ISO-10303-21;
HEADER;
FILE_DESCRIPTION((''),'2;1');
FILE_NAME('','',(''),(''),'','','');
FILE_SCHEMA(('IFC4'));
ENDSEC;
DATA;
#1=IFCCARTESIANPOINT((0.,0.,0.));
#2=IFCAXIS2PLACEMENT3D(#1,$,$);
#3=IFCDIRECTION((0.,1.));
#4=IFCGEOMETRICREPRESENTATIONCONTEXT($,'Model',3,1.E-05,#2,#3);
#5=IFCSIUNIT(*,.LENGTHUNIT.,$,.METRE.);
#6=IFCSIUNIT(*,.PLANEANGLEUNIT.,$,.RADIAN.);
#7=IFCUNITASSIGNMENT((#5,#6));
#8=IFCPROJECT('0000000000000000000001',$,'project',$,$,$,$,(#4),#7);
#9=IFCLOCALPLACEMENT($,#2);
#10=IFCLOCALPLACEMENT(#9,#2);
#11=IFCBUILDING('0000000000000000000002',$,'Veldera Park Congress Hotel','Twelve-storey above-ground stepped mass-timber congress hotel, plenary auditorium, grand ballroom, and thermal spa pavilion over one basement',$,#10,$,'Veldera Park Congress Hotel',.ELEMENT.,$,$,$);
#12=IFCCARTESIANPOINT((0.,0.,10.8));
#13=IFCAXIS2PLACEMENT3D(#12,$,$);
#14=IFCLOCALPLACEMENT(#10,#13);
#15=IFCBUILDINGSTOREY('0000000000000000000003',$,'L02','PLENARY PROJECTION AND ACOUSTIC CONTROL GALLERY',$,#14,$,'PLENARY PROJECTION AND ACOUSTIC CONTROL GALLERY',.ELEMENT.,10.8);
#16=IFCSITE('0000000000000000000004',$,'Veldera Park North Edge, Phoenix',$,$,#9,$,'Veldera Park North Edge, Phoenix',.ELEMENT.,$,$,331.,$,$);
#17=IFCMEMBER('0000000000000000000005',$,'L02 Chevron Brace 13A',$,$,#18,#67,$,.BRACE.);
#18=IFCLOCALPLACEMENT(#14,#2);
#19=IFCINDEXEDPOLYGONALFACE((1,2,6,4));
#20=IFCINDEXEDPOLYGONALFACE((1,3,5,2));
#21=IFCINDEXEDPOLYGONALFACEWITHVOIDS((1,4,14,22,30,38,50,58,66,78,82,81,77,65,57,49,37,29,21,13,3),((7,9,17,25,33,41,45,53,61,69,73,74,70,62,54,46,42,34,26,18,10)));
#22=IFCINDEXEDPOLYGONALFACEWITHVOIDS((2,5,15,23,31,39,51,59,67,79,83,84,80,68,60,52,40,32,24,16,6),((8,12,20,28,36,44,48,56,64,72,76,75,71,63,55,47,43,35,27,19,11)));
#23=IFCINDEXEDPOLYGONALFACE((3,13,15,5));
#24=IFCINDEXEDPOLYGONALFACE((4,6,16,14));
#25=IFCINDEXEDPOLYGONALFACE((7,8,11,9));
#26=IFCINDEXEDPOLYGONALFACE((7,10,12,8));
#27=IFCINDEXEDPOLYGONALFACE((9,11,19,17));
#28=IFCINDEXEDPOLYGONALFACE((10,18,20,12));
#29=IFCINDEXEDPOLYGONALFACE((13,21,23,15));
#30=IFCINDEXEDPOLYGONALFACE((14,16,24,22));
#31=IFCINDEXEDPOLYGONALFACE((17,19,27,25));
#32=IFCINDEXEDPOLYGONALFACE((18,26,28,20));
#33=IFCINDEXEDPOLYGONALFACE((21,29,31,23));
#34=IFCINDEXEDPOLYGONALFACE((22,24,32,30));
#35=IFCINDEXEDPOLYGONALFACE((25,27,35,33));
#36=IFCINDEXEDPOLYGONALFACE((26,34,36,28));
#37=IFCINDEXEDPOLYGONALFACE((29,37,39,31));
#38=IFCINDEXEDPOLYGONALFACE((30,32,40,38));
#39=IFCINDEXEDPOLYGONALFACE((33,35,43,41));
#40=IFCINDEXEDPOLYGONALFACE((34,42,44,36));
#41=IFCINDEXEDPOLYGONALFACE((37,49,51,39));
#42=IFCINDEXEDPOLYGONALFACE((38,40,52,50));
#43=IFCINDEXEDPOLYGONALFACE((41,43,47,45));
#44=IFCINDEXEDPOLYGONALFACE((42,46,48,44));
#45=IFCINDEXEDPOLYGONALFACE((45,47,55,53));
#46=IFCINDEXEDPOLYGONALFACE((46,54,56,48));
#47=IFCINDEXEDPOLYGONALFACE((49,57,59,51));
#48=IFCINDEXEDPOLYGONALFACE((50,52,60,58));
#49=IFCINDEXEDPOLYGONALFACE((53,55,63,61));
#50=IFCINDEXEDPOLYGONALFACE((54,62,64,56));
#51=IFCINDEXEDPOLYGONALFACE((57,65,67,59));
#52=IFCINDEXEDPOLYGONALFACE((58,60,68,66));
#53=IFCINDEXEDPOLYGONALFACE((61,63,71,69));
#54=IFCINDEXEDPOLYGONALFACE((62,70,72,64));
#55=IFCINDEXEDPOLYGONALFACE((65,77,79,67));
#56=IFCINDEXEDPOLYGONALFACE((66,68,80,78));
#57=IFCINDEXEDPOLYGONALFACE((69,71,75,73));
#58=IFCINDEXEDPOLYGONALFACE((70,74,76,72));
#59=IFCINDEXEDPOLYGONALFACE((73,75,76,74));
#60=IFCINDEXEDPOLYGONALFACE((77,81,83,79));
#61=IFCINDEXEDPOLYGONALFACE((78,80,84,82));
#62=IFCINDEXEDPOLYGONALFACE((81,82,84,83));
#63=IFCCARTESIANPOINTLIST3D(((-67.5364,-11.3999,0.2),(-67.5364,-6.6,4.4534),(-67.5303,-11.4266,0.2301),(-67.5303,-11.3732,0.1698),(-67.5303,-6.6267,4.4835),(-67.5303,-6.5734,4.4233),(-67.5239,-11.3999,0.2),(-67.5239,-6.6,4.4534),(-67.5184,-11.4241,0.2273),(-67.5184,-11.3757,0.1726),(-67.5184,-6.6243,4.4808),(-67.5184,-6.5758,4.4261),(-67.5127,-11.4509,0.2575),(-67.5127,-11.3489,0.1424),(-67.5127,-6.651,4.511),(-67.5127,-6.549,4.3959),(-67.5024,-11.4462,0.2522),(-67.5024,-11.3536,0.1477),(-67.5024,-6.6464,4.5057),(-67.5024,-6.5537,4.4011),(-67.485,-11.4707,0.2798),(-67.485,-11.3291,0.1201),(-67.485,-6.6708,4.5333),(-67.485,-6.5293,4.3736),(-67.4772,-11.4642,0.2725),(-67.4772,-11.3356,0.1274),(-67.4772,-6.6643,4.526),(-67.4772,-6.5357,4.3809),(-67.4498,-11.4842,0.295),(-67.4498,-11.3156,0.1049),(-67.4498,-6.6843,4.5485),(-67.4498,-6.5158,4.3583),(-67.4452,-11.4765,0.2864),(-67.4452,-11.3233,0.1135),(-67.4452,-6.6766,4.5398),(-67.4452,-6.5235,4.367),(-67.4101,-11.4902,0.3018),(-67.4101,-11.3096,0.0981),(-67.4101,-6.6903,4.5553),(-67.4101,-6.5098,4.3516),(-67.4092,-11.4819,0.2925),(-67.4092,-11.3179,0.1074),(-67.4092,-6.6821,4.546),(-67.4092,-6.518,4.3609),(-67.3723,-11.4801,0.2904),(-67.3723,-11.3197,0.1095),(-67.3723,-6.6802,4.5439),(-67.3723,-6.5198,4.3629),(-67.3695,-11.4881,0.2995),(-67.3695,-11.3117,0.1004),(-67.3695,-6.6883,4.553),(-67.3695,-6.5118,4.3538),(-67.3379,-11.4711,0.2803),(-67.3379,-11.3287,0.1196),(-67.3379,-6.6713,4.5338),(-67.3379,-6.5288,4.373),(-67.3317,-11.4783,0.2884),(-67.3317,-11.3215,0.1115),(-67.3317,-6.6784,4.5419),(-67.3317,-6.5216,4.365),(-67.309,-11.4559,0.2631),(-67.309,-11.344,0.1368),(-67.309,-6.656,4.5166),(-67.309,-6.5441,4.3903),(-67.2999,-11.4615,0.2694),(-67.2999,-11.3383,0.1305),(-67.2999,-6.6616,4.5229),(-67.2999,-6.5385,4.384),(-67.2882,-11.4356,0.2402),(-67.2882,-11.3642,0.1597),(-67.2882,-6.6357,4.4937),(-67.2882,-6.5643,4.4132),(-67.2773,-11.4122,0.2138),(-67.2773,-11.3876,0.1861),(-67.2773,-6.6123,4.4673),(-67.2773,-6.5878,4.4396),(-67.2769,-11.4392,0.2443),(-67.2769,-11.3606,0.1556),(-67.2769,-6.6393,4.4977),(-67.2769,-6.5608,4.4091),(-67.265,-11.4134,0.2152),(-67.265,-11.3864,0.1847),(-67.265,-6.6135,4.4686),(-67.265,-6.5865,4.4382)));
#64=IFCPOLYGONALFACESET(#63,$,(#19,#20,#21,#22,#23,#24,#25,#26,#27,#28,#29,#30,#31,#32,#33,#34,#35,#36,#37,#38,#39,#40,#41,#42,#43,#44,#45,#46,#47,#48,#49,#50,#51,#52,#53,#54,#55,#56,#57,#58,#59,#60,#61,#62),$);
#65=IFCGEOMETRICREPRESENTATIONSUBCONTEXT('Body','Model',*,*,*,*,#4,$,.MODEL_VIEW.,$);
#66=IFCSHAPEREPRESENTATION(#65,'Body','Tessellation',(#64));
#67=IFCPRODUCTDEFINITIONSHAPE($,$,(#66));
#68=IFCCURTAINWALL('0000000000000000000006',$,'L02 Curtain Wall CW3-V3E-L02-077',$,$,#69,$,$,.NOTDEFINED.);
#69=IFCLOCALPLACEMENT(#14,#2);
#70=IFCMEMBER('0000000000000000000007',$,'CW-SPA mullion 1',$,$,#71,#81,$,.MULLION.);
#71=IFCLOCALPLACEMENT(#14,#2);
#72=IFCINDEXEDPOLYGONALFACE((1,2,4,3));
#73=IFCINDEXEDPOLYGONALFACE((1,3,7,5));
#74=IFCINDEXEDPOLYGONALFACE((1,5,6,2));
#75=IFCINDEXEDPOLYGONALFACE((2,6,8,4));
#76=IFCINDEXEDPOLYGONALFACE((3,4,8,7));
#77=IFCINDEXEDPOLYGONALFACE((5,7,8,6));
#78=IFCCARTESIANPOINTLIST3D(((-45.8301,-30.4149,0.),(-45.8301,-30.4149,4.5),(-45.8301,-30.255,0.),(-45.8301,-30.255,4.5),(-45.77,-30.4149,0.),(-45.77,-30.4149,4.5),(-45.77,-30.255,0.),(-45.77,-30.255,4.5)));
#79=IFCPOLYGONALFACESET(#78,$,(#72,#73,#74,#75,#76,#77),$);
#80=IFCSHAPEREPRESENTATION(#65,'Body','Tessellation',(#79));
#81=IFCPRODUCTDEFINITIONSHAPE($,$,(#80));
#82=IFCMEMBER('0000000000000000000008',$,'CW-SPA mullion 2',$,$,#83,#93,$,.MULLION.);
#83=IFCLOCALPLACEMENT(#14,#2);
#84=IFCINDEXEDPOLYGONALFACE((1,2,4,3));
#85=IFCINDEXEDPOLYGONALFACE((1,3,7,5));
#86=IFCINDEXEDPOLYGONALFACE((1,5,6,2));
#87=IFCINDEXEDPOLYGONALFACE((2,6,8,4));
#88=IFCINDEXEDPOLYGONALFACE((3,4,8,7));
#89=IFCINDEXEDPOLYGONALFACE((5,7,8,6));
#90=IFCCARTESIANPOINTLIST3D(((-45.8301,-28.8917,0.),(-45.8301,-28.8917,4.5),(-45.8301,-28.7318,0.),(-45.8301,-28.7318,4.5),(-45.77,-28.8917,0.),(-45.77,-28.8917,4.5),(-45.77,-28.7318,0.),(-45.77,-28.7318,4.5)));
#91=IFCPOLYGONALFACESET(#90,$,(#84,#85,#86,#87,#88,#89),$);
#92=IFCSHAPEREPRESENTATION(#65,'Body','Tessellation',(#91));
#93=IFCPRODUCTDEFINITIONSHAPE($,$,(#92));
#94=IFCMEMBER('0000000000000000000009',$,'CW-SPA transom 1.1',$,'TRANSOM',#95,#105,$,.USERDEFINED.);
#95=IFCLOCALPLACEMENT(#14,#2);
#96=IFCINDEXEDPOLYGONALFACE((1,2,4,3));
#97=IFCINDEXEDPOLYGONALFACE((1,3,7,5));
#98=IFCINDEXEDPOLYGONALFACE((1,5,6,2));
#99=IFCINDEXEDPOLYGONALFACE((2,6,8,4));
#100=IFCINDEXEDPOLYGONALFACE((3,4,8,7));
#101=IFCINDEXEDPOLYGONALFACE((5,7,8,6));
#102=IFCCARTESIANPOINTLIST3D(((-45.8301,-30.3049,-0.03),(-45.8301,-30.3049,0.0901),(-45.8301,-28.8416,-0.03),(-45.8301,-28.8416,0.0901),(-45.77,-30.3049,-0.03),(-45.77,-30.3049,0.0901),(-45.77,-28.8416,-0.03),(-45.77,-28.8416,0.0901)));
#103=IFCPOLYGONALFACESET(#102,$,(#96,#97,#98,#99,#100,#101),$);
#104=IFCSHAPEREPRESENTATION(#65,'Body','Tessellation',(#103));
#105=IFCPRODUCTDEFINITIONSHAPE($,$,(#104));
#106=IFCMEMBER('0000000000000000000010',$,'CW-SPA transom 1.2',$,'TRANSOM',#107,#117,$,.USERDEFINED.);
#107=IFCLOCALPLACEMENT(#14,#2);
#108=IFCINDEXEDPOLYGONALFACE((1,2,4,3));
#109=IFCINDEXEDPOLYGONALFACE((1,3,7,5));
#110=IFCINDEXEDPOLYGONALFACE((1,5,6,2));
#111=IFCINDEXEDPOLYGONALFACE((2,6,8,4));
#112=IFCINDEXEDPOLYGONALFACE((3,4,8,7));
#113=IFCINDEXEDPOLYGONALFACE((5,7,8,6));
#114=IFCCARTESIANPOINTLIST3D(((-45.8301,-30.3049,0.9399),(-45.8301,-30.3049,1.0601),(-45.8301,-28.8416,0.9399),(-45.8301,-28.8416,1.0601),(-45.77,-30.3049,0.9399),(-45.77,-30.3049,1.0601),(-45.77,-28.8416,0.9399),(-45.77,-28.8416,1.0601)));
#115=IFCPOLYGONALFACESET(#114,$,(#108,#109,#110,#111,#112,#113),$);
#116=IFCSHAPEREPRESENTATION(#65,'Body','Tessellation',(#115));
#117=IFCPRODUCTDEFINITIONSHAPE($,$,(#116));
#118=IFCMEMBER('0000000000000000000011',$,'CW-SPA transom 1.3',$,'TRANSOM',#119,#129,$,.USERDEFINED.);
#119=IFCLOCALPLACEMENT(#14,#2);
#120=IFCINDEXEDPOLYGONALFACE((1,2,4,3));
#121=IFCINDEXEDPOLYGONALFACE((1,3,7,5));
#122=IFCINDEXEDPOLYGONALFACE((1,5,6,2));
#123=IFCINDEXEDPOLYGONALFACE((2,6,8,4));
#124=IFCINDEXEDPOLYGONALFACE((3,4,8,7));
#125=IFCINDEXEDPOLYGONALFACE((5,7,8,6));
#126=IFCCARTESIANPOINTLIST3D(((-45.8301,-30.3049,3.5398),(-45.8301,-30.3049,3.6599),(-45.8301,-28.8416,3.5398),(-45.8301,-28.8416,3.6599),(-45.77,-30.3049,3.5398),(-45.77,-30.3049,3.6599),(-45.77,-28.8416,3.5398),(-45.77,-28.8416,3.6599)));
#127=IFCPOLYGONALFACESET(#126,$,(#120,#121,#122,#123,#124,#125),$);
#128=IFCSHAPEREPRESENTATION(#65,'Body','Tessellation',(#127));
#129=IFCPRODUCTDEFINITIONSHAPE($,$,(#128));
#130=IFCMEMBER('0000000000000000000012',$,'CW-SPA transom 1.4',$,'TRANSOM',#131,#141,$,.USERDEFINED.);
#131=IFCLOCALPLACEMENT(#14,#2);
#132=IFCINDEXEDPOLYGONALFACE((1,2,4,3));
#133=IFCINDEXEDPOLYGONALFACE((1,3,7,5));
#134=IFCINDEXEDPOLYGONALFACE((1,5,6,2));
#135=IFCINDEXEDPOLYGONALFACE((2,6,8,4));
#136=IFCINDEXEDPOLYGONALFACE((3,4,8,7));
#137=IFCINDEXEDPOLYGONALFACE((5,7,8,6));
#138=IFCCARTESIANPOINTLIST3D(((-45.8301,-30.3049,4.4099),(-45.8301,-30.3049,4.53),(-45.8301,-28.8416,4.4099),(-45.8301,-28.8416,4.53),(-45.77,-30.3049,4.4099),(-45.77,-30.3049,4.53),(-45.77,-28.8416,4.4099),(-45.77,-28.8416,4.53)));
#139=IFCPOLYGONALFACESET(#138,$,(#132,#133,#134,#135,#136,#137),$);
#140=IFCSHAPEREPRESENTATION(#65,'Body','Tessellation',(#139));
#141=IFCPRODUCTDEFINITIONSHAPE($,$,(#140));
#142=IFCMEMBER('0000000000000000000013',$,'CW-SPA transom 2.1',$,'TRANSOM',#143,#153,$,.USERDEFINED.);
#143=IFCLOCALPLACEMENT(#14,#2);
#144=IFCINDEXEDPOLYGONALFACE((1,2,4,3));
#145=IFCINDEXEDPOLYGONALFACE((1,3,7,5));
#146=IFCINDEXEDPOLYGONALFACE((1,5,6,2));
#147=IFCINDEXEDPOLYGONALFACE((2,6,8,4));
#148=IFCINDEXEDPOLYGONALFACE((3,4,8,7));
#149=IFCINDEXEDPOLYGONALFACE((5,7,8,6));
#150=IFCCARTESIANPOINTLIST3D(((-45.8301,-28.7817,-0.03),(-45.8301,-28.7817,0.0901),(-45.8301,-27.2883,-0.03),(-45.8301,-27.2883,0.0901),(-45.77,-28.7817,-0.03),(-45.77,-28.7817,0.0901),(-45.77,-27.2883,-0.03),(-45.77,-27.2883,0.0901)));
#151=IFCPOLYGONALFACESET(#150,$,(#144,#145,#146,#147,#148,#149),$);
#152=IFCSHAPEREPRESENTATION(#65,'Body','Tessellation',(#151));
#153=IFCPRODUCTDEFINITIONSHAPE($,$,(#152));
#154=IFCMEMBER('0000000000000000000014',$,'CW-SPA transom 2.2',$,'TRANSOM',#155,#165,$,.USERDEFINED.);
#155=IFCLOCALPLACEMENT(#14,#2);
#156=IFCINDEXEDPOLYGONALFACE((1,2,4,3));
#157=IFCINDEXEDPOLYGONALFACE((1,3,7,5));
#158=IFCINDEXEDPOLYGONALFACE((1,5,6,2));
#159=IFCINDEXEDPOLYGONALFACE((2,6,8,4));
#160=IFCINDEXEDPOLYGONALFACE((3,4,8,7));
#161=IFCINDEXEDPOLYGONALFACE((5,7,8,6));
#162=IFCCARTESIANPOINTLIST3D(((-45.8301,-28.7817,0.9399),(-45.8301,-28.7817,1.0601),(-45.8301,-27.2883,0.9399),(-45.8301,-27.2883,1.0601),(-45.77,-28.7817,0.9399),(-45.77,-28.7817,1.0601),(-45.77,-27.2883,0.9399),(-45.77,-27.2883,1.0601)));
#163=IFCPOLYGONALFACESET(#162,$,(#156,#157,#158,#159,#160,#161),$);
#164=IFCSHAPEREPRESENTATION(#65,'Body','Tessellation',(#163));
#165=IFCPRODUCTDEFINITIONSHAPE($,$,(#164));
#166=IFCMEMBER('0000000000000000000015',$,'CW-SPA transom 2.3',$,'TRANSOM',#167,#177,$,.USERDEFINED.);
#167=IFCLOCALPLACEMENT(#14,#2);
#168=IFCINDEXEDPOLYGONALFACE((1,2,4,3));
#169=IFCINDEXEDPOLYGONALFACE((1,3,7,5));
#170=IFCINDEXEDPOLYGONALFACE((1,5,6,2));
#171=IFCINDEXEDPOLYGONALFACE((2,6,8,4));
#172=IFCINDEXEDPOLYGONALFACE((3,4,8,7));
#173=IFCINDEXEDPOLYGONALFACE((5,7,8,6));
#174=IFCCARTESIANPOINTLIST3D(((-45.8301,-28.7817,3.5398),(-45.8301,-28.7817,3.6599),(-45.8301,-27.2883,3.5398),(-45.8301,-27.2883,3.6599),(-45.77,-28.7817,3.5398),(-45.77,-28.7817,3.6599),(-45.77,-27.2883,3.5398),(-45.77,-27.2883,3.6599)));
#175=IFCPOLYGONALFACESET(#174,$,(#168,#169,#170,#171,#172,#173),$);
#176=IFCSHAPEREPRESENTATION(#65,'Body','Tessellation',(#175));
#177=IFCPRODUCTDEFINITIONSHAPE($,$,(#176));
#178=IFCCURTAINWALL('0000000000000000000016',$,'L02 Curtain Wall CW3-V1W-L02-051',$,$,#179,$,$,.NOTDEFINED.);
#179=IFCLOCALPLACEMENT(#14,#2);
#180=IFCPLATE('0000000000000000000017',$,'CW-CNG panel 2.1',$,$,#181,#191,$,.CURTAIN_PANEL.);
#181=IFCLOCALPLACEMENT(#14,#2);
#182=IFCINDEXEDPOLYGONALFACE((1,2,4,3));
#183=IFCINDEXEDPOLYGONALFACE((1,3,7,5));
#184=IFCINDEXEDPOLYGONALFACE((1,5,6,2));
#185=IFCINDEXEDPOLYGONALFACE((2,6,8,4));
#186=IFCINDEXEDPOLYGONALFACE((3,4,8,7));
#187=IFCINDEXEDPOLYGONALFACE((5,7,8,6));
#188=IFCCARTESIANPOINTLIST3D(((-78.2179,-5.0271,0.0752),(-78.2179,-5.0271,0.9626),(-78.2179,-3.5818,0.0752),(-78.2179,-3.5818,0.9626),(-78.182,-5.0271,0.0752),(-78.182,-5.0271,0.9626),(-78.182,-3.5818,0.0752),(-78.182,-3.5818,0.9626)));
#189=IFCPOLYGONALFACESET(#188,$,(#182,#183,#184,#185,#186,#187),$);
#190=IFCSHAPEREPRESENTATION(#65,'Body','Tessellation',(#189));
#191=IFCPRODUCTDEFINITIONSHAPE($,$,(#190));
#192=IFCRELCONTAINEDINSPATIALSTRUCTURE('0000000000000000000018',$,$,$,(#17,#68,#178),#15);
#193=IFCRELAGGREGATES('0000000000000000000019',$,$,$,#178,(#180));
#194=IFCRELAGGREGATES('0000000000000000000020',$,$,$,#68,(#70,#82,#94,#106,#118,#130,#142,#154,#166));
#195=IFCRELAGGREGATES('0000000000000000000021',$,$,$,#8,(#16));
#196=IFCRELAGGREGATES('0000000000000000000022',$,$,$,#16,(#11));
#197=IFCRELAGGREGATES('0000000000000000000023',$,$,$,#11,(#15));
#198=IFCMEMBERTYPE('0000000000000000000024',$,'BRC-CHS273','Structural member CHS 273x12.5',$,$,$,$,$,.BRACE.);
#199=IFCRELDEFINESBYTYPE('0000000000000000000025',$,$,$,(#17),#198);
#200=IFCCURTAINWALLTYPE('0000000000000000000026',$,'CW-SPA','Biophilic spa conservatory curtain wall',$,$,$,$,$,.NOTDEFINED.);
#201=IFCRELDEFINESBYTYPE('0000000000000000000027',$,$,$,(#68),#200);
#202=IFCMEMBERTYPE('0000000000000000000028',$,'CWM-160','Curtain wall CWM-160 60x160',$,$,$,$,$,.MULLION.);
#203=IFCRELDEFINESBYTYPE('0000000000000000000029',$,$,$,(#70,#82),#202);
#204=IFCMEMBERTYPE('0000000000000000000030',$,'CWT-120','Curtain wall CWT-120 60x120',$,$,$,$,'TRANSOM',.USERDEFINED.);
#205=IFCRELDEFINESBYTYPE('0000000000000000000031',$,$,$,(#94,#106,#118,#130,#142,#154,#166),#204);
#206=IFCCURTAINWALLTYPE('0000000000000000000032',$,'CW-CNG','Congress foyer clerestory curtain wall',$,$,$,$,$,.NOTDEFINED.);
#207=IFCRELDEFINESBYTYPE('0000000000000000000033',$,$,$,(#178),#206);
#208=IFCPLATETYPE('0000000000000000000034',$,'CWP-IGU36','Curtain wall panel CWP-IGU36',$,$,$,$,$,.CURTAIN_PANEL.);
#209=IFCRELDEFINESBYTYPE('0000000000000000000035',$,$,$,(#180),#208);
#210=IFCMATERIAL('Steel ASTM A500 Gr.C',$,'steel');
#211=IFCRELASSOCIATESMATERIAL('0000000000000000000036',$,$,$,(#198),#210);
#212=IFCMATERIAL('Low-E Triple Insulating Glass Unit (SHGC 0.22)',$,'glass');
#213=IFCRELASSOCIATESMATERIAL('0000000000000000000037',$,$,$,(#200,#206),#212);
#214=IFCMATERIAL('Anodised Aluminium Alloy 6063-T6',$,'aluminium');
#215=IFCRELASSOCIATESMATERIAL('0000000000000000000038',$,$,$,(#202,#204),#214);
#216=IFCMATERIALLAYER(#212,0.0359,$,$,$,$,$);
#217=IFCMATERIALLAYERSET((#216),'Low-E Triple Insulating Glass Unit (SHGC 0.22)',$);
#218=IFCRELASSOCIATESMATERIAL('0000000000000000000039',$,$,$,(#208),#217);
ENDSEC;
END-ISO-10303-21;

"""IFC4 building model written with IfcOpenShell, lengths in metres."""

from ifc_helpers import new_model, si_unit, direction, frame, origin, origin_2d, place, context, subcontext, project, spatial, rectangle, hollow_circle, extrude, material, layer, layer_set, material_profile, profile_set, type_object, element, aggregate, save


model = new_model("IFC4")

# Units and contexts
model_context = context("Model", 3, precision=1e-05, world=origin(), true_north=direction((0.0, 1.0)))
body_context = subcontext(model_context, "Body", "Model", "MODEL_VIEW")
ifc_project = project(units=[si_unit("LENGTHUNIT", "METRE"), si_unit("PLANEANGLEUNIT", "RADIAN")], contexts=[model_context])

# Site, building, storey
site_placement = place(None, origin())
site = spatial("IfcSite", under=ifc_project, at=site_placement, Name="Veldera Park North Edge, Phoenix", LongName="Veldera Park North Edge, Phoenix", CompositionType="ELEMENT", RefElevation=331.0)
building_placement = place(site_placement, origin())
building = spatial("IfcBuilding", under=site, at=building_placement, Name="Veldera Park Congress Hotel", Description="Twelve-storey above-ground stepped mass-timber congress hotel, plenary auditorium, grand ballroom, and thermal spa pavilion over one basement", LongName="Veldera Park Congress Hotel", CompositionType="ELEMENT")
storey_placement = place(building_placement, frame((0.0, 0.0, 10.8)))
storey = spatial("IfcBuildingStorey", under=building, at=storey_placement, Name="L02", Description="PLENARY PROJECTION AND ACOUSTIC CONTROL GALLERY", LongName="PLENARY PROJECTION AND ACOUSTIC CONTROL GALLERY", CompositionType="ELEMENT", Elevation=10.8)

# Member
ifc_material_1 = material(Name="Steel ASTM A500 Gr.C", Category="steel")
ifc_material_profile_1 = material_profile(ifc_material_1, hollow_circle(Radius=0.1365, WallThickness=0.0125, at=origin_2d()), Name="CHS 273x12.5")
ifc_profile_set_1 = profile_set([ifc_material_profile_1], Name="Steel ASTM A500 Gr.C")
member_type_1 = type_object("IfcMemberType", Name="BRC-CHS273", Description="Structural member CHS 273x12.5", PredefinedType="BRACE", material=ifc_profile_set_1)
member_1_placement = place(storey_placement, frame((-67.3999, -11.3999, 0.2), z_axis=(0.0, 0.748421, 0.663224), x_axis=(-1.0, 0.0, 0.0)))
element("IfcMember", 1, at=member_1_placement, inside=storey, type_object=member_type_1, Name="L02 Chevron Brace 13A", PredefinedType="BRACE", context=body_context, shape_type="SweptSolid", body=[
    extrude(hollow_circle(Radius=0.1365, WallThickness=0.0125, at=origin_2d()), origin(), (0.0, 0.0, 1.0), 6.4133),
])

# Curtain wall, members
ifc_material_2 = material(Name="Low-E Triple Insulating Glass Unit (SHGC 0.22)", Category="glass")
curtain_wall_type_1 = type_object("IfcCurtainWallType", Name="CW-SPA", Description="Biophilic spa conservatory curtain wall", PredefinedType="NOTDEFINED", material=ifc_material_2)
curtain_wall_1_placement = place(storey_placement, origin())
curtain_wall_1 = element("IfcCurtainWall", 2, at=curtain_wall_1_placement, inside=storey, type_object=curtain_wall_type_1, Name="L02 Curtain Wall CW3-V3E-L02-077", PredefinedType="NOTDEFINED")
ifc_material_3 = material(Name="Anodised Aluminium Alloy 6063-T6", Category="aluminium")
ifc_material_profile_2 = material_profile(ifc_material_3, rectangle(XDim=0.0601, YDim=0.1599, at=origin_2d()), Name="ALU 60x160")
ifc_profile_set_2 = profile_set([ifc_material_profile_2], Name="Anodised Aluminium Alloy 6063-T6")
member_type_2 = type_object("IfcMemberType", Name="CWM-160", Description="Curtain wall CWM-160 60x160", PredefinedType="MULLION", material=ifc_profile_set_2)
member_2_placement = place(storey_placement, frame((-45.8, -30.335, 0.0), z_axis=(0.0, 0.0, 1.0), x_axis=(-1.0, 0.0, 0.0)))
member_2 = element("IfcMember", 3, at=member_2_placement, type_object=member_type_2, Name="CW-SPA mullion 1", PredefinedType="MULLION", context=body_context, shape_type="SweptSolid", body=[
    extrude(rectangle(XDim=0.0601, YDim=0.1599, at=origin_2d()), origin(), (0.0, 0.0, 1.0), 4.5),
])
member_3_placement = place(storey_placement, frame((-45.8, -28.8118, 0.0), z_axis=(0.0, 0.0, 1.0), x_axis=(-1.0, 0.0, 0.0)))
member_3 = element("IfcMember", 4, at=member_3_placement, type_object=member_type_2, Name="CW-SPA mullion 2", PredefinedType="MULLION", context=body_context, shape_type="SweptSolid", body=[
    extrude(rectangle(XDim=0.0601, YDim=0.1599, at=origin_2d()), origin(), (0.0, 0.0, 1.0), 4.5),
])
ifc_material_profile_3 = material_profile(ifc_material_3, rectangle(XDim=0.0601, YDim=0.1201, at=origin_2d()), Name="ALU 60x120")
ifc_profile_set_3 = profile_set([ifc_material_profile_3], Name="Anodised Aluminium Alloy 6063-T6")
member_type_3 = type_object("IfcMemberType", Name="CWT-120", Description="Curtain wall CWT-120 60x120", ElementType="TRANSOM", PredefinedType="USERDEFINED", material=ifc_profile_set_3)
member_4_placement = place(storey_placement, frame((-45.8, -30.3049, 0.03), z_axis=(0.0, 1.0, 0.0), x_axis=(-1.0, 0.0, 0.0)))
member_4 = element("IfcMember", 5, at=member_4_placement, type_object=member_type_3, Name="CW-SPA transom 1.1", ObjectType="TRANSOM", PredefinedType="USERDEFINED", context=body_context, shape_type="SweptSolid", body=[
    extrude(rectangle(XDim=0.0601, YDim=0.1201, at=origin_2d()), origin(), (0.0, 0.0, 1.0), 1.4634),
])
member_5_placement = place(storey_placement, frame((-45.8, -30.3049, 1.0), z_axis=(0.0, 1.0, 0.0), x_axis=(-1.0, 0.0, 0.0)))
member_5 = element("IfcMember", 6, at=member_5_placement, type_object=member_type_3, Name="CW-SPA transom 1.2", ObjectType="TRANSOM", PredefinedType="USERDEFINED", context=body_context, shape_type="SweptSolid", body=[
    extrude(rectangle(XDim=0.0601, YDim=0.1201, at=origin_2d()), origin(), (0.0, 0.0, 1.0), 1.4634),
])
member_6_placement = place(storey_placement, frame((-45.8, -30.3049, 3.5999), z_axis=(0.0, 1.0, 0.0), x_axis=(-1.0, 0.0, 0.0)))
member_6 = element("IfcMember", 7, at=member_6_placement, type_object=member_type_3, Name="CW-SPA transom 1.3", ObjectType="TRANSOM", PredefinedType="USERDEFINED", context=body_context, shape_type="SweptSolid", body=[
    extrude(rectangle(XDim=0.0601, YDim=0.1201, at=origin_2d()), origin(), (0.0, 0.0, 1.0), 1.4634),
])
member_7_placement = place(storey_placement, frame((-45.8, -30.3049, 4.47), z_axis=(0.0, 1.0, 0.0), x_axis=(-1.0, 0.0, 0.0)))
member_7 = element("IfcMember", 8, at=member_7_placement, type_object=member_type_3, Name="CW-SPA transom 1.4", ObjectType="TRANSOM", PredefinedType="USERDEFINED", context=body_context, shape_type="SweptSolid", body=[
    extrude(rectangle(XDim=0.0601, YDim=0.1201, at=origin_2d()), origin(), (0.0, 0.0, 1.0), 1.4634),
])
member_8_placement = place(storey_placement, frame((-45.8, -28.7817, 0.03), z_axis=(0.0, 1.0, 0.0), x_axis=(-1.0, 0.0, 0.0)))
member_8 = element("IfcMember", 9, at=member_8_placement, type_object=member_type_3, Name="CW-SPA transom 2.1", ObjectType="TRANSOM", PredefinedType="USERDEFINED", context=body_context, shape_type="SweptSolid", body=[
    extrude(rectangle(XDim=0.0601, YDim=0.1201, at=origin_2d()), origin(), (0.0, 0.0, 1.0), 1.4934),
])
member_9_placement = place(storey_placement, frame((-45.8, -28.7817, 1.0), z_axis=(0.0, 1.0, 0.0), x_axis=(-1.0, 0.0, 0.0)))
member_9 = element("IfcMember", 10, at=member_9_placement, type_object=member_type_3, Name="CW-SPA transom 2.2", ObjectType="TRANSOM", PredefinedType="USERDEFINED", context=body_context, shape_type="SweptSolid", body=[
    extrude(rectangle(XDim=0.0601, YDim=0.1201, at=origin_2d()), origin(), (0.0, 0.0, 1.0), 1.4934),
])
member_10_placement = place(storey_placement, frame((-45.8, -28.7817, 3.5999), z_axis=(0.0, 1.0, 0.0), x_axis=(-1.0, 0.0, 0.0)))
member_10 = element("IfcMember", 11, at=member_10_placement, type_object=member_type_3, Name="CW-SPA transom 2.3", ObjectType="TRANSOM", PredefinedType="USERDEFINED", context=body_context, shape_type="SweptSolid", body=[
    extrude(rectangle(XDim=0.0601, YDim=0.1201, at=origin_2d()), origin(), (0.0, 0.0, 1.0), 1.4934),
])

# Curtain wall, plate
curtain_wall_type_2 = type_object("IfcCurtainWallType", Name="CW-CNG", Description="Congress foyer clerestory curtain wall", PredefinedType="NOTDEFINED", material=ifc_material_2)
curtain_wall_2_placement = place(storey_placement, origin())
curtain_wall_2 = element("IfcCurtainWall", 12, at=curtain_wall_2_placement, inside=storey, type_object=curtain_wall_type_2, Name="L02 Curtain Wall CW3-V1W-L02-051", PredefinedType="NOTDEFINED")
ifc_layer_1 = layer(ifc_material_2, 0.0359)
ifc_layer_set_1 = layer_set([ifc_layer_1], Name="Low-E Triple Insulating Glass Unit (SHGC 0.22)")
plate_type_1 = type_object("IfcPlateType", Name="CWP-IGU36", Description="Curtain wall panel CWP-IGU36", PredefinedType="CURTAIN_PANEL", material=ifc_layer_set_1)
plate_1_placement = place(storey_placement, frame((-78.2, -4.3044, 0.0752), z_axis=(0.0, 0.0, 1.0), x_axis=(0.0, -1.0, 0.0)))
plate_1 = element("IfcPlate", 13, at=plate_1_placement, type_object=plate_type_1, Name="CW-CNG panel 2.1", PredefinedType="CURTAIN_PANEL", context=body_context, shape_type="SweptSolid", body=[
    extrude(rectangle(XDim=1.4453, YDim=0.0359, at=origin_2d()), origin(), (0.0, 0.0, 1.0), 0.8875),
])
aggregate(curtain_wall_2, [plate_1])

aggregate(curtain_wall_1, [member_2, member_3, member_4, member_5, member_6, member_7, member_8, member_9, member_10])

save(model, "model.ifc")
